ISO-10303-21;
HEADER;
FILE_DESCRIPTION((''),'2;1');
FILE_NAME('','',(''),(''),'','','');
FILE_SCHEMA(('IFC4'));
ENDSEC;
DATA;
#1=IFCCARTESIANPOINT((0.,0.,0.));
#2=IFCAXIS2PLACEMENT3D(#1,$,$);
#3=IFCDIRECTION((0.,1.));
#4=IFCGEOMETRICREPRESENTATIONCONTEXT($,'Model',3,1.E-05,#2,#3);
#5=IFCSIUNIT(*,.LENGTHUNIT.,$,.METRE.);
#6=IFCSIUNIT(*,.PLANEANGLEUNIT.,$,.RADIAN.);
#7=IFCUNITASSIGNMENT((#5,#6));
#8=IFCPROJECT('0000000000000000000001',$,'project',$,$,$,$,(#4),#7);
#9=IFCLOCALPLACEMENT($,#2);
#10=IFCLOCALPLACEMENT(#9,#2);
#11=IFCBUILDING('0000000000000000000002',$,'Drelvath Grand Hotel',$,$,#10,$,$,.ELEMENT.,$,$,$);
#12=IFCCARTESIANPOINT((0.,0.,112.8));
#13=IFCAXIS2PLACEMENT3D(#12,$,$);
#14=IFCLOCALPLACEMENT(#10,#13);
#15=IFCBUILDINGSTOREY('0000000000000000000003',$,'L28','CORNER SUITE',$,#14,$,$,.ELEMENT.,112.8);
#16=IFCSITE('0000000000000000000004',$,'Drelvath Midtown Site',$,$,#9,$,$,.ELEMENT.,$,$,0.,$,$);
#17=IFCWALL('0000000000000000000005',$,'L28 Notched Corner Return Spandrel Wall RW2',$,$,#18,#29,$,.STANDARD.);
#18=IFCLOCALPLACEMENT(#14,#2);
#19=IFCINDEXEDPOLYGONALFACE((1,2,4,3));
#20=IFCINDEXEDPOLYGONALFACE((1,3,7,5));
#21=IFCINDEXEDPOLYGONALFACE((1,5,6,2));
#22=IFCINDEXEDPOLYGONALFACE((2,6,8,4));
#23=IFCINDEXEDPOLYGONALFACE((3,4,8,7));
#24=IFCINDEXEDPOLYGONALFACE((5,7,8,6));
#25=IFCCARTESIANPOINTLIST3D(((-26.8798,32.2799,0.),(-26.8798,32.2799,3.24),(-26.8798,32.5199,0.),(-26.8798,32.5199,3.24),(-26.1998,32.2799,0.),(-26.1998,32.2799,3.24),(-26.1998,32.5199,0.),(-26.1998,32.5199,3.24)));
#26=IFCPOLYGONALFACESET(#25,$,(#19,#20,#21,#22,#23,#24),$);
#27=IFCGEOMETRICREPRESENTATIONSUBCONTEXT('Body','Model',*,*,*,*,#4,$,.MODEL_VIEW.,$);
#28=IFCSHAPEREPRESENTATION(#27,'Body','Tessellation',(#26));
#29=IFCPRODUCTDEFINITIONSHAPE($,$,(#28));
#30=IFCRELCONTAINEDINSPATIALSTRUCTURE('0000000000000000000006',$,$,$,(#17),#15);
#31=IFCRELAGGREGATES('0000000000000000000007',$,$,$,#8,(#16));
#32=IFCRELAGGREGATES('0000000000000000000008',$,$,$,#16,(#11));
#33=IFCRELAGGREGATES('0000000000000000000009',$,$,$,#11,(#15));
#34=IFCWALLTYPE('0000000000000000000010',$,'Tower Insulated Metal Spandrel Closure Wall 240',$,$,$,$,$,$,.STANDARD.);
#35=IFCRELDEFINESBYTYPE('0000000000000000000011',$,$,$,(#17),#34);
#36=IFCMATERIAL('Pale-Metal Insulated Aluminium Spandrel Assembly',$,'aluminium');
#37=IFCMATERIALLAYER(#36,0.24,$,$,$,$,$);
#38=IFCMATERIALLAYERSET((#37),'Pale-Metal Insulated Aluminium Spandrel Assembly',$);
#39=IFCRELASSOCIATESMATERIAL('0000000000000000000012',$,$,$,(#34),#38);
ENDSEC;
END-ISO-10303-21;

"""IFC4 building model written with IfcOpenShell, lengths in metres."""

from ifc_helpers import new_model, si_unit, direction, frame, frame_2d, origin, place, context, subcontext, project, spatial, rectangle, extrude, material, layer, layer_set, type_object, element, save


model = new_model("IFC4")

# Units and contexts
model_context = context("Model", 3, precision=1e-05, world=origin(), true_north=direction((0.0, 1.0)))
body_context = subcontext(model_context, "Body", "Model", "MODEL_VIEW")
ifc_project = project(units=[si_unit("LENGTHUNIT", "METRE"), si_unit("PLANEANGLEUNIT", "RADIAN")], contexts=[model_context])

# Site, building, storey
site_placement = place(None, origin())
site = spatial("IfcSite", under=ifc_project, at=site_placement, Name="Drelvath Midtown Site", CompositionType="ELEMENT", RefElevation=0.0)
building_placement = place(site_placement, origin())
building = spatial("IfcBuilding", under=site, at=building_placement, Name="Drelvath Grand Hotel", CompositionType="ELEMENT")
storey_placement = place(building_placement, frame((0.0, 0.0, 112.8)))
storey = spatial("IfcBuildingStorey", under=building, at=storey_placement, Name="L28", Description="CORNER SUITE", CompositionType="ELEMENT", Elevation=112.8)

# Wall
ifc_material_1 = material(Name="Pale-Metal Insulated Aluminium Spandrel Assembly", Category="aluminium")
ifc_layer_1 = layer(ifc_material_1, 0.24)
ifc_layer_set_1 = layer_set([ifc_layer_1], Name="Pale-Metal Insulated Aluminium Spandrel Assembly")
wall_type_1 = type_object("IfcWallType", Name="Tower Insulated Metal Spandrel Closure Wall 240", PredefinedType="STANDARD", material=ifc_layer_set_1)
wall_1_placement = place(storey_placement, frame((-26.2, 32.3999, 0.0), z_axis=(0.0, 0.0, 1.0), x_axis=(-1.0, 0.0, 0.0)))
element("IfcWall", 1, at=wall_1_placement, inside=storey, type_object=wall_type_1, Name="L28 Notched Corner Return Spandrel Wall RW2", PredefinedType="STANDARD", context=body_context, shape_type="SweptSolid", body=[
    extrude(rectangle(XDim=0.6799, YDim=0.24, at=frame_2d((0.3398, 0.0))), origin(), (0.0, 0.0, 1.0), 3.24),
])

save(model, "model.ifc")
